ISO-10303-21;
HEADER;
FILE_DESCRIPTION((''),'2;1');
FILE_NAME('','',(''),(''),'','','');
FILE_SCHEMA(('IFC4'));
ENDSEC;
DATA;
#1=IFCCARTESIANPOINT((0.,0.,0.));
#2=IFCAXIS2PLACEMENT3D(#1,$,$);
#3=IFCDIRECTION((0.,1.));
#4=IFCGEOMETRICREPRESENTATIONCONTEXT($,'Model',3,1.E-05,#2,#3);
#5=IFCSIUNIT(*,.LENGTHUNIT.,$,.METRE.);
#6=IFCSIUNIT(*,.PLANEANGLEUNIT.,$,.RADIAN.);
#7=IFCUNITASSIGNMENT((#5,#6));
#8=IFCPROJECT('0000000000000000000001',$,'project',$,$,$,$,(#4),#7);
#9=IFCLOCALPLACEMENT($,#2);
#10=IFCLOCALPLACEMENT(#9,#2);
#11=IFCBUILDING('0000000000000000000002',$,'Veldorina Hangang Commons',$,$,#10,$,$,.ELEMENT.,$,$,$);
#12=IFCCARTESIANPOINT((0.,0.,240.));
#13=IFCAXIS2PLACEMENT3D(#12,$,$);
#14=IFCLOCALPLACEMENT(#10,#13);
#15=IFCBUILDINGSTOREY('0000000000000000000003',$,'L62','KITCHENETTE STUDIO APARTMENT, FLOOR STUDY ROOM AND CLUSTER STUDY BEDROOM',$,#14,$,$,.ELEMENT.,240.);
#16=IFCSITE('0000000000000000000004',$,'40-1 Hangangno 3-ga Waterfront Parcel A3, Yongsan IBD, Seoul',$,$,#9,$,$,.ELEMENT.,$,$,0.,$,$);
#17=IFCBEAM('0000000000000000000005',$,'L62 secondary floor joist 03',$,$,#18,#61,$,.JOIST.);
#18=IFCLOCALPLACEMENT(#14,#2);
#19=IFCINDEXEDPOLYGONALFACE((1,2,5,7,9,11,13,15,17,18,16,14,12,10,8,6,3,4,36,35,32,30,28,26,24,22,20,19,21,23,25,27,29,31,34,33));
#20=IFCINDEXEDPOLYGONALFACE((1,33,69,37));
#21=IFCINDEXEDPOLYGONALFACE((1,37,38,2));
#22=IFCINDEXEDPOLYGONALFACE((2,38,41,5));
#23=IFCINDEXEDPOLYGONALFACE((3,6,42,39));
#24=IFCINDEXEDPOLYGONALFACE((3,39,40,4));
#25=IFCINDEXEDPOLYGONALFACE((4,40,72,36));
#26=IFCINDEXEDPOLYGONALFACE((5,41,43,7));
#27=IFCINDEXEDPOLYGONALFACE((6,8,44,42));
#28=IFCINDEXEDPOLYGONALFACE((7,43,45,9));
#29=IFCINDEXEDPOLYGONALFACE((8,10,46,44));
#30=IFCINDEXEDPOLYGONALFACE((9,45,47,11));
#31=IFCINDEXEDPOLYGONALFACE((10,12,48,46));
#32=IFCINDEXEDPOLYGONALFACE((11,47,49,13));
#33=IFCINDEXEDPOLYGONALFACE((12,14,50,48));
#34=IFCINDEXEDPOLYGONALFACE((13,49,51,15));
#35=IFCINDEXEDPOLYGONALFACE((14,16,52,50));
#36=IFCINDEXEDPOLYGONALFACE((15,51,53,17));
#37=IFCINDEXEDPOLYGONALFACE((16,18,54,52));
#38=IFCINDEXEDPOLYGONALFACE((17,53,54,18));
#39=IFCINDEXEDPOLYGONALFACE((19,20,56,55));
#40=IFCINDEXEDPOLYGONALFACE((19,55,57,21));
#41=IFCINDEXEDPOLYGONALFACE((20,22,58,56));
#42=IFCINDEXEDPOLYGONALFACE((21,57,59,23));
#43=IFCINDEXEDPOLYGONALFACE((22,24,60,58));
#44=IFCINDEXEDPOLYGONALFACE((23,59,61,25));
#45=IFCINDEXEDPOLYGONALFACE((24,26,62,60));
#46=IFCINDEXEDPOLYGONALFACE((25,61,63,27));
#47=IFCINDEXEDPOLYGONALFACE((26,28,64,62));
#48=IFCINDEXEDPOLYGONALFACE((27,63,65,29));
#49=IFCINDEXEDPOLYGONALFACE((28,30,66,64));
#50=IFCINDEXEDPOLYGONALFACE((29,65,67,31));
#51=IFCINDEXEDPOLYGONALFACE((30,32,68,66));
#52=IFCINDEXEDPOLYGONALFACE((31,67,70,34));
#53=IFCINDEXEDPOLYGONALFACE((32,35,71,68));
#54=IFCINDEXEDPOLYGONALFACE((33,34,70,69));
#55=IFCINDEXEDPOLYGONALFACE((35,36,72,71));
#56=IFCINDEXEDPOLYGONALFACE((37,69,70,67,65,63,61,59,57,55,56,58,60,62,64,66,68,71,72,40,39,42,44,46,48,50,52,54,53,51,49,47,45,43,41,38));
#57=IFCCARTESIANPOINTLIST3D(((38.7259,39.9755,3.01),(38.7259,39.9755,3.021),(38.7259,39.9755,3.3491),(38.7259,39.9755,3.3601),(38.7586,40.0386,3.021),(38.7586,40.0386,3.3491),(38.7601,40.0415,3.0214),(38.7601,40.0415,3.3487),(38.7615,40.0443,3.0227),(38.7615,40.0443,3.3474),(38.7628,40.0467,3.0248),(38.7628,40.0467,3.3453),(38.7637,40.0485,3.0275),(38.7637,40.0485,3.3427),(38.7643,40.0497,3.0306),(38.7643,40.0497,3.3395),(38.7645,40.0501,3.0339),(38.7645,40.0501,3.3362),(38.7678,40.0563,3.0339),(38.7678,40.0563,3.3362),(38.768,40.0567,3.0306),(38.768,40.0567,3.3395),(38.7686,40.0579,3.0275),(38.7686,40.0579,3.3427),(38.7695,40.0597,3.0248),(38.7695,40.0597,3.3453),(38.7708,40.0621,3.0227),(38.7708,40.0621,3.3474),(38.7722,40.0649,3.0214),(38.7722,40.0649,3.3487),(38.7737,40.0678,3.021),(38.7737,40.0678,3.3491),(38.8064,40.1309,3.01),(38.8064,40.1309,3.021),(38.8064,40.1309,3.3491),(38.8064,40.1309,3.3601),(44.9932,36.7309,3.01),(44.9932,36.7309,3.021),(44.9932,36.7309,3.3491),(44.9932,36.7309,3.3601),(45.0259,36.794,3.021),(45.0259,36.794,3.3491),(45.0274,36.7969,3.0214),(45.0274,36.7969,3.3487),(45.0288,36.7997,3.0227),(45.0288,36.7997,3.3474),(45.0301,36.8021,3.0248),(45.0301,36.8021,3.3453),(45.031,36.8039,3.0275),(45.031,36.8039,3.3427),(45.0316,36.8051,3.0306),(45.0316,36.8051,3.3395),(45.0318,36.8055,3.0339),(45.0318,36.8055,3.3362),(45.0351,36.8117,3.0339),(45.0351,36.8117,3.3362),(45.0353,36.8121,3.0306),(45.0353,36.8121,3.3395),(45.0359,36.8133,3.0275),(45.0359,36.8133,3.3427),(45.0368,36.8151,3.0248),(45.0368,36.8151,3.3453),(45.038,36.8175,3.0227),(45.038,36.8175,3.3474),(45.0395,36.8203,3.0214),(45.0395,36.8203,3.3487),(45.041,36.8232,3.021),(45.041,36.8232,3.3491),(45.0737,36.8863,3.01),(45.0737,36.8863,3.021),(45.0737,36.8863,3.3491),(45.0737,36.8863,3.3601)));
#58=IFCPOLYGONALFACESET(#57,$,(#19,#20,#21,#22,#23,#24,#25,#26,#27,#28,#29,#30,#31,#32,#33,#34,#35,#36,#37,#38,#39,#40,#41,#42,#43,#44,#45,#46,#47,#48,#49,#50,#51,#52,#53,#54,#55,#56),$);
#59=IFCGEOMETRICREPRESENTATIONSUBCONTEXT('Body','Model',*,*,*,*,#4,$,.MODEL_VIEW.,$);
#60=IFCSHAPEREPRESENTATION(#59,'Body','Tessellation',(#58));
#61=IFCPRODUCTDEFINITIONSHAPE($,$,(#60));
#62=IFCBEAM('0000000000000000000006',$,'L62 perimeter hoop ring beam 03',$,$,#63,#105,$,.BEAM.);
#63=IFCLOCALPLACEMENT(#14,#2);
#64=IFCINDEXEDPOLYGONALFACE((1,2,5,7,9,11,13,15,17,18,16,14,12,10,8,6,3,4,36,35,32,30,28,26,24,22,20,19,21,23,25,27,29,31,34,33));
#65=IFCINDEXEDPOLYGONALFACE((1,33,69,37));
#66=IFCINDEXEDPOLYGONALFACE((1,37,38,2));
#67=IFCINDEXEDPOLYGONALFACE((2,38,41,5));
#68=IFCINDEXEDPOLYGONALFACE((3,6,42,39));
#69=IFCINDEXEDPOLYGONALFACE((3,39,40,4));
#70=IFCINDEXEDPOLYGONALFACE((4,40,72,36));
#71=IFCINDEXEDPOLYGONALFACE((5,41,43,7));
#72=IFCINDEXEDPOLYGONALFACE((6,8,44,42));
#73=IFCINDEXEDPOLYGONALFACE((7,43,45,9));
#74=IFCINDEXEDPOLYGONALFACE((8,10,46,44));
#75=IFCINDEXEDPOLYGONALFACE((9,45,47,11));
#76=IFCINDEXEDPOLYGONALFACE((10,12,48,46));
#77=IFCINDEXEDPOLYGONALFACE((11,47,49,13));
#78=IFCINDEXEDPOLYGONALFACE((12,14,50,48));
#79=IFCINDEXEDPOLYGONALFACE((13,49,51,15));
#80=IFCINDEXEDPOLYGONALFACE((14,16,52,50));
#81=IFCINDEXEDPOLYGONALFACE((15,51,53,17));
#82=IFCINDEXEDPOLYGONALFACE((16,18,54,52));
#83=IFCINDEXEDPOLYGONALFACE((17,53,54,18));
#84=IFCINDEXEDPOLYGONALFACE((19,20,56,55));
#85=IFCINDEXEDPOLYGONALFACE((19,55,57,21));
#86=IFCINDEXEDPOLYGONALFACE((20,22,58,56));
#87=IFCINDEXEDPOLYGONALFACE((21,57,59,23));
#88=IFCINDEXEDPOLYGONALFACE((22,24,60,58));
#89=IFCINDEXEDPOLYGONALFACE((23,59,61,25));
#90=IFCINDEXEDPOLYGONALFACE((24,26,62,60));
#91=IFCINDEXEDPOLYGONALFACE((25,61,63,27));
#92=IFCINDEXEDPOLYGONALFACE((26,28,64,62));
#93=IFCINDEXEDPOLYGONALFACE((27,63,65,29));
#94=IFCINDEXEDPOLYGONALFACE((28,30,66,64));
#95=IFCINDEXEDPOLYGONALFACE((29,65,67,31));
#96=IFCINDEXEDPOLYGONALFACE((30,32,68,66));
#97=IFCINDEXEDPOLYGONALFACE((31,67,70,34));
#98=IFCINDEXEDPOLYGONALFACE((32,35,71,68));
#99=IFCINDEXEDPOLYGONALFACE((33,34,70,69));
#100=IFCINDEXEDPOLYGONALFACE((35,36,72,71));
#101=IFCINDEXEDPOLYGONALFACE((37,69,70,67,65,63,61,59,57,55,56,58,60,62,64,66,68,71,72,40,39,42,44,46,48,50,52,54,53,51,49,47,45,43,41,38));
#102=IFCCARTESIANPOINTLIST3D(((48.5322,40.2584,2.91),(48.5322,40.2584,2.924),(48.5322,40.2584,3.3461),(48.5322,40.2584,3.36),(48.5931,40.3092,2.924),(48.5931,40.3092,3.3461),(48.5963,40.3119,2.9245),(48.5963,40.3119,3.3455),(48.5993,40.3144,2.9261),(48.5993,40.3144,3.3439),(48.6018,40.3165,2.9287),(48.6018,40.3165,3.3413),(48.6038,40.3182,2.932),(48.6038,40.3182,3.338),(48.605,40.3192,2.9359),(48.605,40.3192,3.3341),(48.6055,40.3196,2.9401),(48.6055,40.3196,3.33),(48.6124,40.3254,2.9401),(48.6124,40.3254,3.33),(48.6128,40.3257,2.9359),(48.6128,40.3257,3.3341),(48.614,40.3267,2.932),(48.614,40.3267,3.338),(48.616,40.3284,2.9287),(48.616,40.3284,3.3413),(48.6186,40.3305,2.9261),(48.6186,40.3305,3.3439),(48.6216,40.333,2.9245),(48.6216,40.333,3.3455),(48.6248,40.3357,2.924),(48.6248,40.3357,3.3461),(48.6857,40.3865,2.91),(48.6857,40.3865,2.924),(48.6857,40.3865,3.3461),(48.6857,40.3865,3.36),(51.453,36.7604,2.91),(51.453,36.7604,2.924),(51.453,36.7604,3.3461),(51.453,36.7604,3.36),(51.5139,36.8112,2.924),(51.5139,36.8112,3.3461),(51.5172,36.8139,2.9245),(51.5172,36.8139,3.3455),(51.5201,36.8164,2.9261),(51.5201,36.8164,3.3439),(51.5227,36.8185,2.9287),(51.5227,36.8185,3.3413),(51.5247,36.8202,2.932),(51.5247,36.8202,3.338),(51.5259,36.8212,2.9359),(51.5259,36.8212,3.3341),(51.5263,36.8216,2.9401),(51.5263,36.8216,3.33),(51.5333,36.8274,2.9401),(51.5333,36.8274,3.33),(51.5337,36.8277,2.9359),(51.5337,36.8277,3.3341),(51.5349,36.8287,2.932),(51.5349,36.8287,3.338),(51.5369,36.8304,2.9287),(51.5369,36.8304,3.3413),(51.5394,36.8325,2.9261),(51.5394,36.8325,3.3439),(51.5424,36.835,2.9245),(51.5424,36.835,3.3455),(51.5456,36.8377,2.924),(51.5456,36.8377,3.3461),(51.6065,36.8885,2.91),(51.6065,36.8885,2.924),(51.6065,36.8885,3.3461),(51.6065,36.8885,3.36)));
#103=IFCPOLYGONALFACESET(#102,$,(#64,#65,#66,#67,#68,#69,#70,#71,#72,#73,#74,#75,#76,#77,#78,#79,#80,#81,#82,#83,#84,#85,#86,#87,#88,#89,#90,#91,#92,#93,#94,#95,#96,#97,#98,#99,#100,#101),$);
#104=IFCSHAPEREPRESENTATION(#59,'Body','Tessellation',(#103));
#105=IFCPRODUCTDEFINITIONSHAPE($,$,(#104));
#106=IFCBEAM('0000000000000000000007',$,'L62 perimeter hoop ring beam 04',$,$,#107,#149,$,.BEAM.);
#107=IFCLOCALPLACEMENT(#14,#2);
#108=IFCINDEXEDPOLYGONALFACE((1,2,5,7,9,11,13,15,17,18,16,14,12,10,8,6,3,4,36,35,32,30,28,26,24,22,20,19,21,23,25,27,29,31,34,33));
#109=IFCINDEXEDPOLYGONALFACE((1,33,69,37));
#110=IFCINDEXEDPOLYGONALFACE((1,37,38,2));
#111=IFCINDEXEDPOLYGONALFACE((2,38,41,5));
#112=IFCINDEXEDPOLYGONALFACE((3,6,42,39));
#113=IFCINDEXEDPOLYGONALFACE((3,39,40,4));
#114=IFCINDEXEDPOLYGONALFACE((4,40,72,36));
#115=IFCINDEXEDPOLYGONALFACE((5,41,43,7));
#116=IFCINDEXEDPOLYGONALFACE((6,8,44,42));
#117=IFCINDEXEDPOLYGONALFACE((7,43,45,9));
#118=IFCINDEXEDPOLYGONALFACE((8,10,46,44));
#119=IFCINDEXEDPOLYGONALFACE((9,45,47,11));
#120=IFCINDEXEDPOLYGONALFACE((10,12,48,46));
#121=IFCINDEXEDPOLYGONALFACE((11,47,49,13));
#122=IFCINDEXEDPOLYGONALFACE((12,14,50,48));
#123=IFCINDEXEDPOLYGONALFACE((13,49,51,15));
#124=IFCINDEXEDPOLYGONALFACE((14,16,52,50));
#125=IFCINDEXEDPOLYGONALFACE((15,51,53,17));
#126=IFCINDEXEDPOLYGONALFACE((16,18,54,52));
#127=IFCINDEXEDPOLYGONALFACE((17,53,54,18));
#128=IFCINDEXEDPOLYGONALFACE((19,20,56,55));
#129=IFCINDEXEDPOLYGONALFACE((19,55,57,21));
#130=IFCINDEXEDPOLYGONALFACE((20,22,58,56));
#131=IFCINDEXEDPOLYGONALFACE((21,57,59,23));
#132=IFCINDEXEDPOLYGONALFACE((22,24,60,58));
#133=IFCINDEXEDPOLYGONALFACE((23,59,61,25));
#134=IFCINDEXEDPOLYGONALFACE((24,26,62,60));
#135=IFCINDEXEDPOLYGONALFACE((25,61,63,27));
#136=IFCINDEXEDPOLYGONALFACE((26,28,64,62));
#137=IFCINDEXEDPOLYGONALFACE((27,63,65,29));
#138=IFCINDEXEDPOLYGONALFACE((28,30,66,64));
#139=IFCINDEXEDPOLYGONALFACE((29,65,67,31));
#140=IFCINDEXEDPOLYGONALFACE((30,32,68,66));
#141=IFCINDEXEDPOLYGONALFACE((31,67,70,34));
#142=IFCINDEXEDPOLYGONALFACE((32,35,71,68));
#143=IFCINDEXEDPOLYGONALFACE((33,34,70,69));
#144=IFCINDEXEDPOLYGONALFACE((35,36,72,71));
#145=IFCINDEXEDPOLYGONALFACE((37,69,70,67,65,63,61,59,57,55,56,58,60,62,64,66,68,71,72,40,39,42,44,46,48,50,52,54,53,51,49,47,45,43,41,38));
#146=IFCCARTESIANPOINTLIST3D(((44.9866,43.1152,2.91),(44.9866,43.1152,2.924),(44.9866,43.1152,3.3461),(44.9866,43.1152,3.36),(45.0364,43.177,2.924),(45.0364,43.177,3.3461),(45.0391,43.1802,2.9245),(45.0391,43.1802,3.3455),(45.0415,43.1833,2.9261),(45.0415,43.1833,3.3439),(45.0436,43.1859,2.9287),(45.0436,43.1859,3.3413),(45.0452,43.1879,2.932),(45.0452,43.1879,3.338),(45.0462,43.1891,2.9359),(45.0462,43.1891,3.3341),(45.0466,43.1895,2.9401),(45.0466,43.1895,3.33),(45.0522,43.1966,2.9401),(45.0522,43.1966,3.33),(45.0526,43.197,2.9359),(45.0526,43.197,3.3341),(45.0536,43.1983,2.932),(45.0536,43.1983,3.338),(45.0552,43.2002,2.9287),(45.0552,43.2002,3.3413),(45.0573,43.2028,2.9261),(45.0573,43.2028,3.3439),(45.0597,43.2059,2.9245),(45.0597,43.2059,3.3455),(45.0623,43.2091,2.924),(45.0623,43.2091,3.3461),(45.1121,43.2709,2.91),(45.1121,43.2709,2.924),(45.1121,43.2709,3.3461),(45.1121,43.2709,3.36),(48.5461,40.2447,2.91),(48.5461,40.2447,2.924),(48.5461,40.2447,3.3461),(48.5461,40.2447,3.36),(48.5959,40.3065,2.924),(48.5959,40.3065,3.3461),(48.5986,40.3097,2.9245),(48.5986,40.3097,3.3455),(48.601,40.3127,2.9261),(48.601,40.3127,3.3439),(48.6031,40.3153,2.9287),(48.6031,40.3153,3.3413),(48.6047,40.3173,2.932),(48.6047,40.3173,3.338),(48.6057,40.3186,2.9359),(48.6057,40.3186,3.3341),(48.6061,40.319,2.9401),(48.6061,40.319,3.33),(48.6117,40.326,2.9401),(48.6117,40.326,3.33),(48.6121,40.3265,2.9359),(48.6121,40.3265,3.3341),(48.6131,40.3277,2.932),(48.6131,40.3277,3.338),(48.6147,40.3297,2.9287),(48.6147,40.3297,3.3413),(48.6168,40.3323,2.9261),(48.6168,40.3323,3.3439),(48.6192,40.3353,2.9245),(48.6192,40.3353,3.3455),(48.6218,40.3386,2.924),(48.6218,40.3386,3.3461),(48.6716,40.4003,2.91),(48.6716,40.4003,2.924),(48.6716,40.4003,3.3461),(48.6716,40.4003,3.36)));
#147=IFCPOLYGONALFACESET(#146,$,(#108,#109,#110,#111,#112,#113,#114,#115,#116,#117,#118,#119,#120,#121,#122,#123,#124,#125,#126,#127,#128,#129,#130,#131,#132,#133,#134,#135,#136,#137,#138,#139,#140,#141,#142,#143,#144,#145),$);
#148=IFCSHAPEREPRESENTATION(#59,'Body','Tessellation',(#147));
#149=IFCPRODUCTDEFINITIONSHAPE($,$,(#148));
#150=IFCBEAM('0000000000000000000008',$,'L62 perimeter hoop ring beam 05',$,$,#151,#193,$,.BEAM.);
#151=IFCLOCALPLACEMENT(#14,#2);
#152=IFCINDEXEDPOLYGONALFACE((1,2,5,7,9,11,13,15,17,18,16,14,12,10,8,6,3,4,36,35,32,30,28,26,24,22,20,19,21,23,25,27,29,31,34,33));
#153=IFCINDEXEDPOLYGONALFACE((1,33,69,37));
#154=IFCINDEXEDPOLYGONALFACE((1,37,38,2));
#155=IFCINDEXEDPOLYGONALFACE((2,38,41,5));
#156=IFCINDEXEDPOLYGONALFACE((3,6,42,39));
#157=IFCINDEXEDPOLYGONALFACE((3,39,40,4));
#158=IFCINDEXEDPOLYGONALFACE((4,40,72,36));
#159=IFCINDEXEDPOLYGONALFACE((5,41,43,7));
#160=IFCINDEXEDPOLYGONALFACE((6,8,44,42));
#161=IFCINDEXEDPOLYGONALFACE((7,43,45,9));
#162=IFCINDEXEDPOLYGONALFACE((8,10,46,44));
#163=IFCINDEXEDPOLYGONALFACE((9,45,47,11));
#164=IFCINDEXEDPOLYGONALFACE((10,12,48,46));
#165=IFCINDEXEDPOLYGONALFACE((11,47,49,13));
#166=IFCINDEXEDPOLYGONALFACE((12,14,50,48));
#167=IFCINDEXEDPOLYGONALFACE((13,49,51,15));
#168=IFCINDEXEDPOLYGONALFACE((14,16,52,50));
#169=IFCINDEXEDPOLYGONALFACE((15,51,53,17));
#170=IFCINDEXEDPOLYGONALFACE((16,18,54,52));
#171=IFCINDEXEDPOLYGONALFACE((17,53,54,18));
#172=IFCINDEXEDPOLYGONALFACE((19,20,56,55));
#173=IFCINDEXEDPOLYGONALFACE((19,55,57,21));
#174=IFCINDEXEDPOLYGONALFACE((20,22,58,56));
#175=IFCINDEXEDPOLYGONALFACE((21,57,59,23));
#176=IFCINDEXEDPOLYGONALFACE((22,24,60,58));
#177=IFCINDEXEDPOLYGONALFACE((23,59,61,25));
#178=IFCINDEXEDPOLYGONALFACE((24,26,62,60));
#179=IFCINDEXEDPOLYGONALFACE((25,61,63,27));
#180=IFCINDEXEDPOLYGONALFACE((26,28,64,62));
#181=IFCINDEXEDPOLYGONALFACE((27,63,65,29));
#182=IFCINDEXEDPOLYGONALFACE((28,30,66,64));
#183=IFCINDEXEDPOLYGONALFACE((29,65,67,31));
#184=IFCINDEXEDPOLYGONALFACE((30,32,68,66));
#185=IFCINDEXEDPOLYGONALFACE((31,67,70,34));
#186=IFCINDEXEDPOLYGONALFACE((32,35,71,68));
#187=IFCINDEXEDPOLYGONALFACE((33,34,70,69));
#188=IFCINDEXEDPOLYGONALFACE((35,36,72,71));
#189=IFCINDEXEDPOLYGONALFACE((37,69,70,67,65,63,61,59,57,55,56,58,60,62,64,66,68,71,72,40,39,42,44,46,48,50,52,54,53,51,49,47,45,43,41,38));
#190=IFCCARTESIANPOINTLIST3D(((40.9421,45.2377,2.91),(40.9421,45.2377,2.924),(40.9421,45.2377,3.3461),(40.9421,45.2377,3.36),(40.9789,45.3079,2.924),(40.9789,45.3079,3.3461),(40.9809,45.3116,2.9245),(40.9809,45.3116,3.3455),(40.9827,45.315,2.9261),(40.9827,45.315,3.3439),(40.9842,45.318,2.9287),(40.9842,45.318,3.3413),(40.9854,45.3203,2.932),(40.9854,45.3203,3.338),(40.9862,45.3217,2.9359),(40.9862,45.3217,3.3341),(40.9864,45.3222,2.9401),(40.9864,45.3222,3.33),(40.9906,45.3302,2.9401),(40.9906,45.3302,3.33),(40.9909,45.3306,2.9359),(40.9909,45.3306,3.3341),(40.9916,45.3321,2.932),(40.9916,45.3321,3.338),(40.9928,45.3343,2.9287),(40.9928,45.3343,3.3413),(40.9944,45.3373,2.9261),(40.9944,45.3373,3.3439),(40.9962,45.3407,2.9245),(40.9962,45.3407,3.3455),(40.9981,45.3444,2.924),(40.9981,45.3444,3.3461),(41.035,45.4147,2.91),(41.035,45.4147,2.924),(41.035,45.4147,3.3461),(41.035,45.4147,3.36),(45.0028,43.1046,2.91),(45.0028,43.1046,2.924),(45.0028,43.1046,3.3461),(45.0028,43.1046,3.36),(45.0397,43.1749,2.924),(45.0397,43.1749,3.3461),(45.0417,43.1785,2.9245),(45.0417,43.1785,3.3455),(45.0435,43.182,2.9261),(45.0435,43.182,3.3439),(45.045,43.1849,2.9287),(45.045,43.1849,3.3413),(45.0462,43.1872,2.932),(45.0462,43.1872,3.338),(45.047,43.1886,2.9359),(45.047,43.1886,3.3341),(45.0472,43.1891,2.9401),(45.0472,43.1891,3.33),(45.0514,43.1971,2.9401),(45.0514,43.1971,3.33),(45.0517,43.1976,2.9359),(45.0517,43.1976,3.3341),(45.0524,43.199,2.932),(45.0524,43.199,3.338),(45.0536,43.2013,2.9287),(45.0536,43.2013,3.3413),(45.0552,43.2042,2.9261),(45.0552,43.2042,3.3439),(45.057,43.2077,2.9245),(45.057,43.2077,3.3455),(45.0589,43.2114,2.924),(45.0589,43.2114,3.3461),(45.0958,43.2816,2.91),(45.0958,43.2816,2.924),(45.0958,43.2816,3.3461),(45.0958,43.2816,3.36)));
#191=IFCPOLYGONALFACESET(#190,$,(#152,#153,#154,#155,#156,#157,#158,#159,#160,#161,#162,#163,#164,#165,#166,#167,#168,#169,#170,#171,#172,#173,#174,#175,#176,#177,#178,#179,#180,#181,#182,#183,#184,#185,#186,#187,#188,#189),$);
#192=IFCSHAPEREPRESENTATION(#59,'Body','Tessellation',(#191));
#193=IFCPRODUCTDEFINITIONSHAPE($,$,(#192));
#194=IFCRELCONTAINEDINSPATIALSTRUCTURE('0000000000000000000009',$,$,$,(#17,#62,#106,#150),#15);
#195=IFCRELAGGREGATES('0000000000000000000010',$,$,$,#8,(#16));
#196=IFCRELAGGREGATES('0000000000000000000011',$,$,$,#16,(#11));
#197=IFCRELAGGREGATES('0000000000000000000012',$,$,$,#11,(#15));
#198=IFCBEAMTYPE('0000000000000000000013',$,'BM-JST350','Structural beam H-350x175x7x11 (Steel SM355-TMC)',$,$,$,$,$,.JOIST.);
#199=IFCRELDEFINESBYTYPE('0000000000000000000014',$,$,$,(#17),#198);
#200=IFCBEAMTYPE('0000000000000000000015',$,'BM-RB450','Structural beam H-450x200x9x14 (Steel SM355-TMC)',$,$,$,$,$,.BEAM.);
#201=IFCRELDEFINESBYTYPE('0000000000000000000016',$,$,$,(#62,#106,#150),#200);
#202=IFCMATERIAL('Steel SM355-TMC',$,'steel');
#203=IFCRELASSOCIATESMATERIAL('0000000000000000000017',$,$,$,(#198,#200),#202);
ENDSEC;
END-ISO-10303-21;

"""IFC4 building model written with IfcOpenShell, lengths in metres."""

from ifc_helpers import new_model, si_unit, direction, frame, origin, origin_2d, place, context, subcontext, project, spatial, i_section, extrude, material, material_profile, profile_set, type_object, element, save


model = new_model("IFC4")

# Units and contexts
model_context = context("Model", 3, precision=1e-05, world=origin(), true_north=direction((0.0, 1.0)))
body_context = subcontext(model_context, "Body", "Model", "MODEL_VIEW")
ifc_project = project(units=[si_unit("LENGTHUNIT", "METRE"), si_unit("PLANEANGLEUNIT", "RADIAN")], contexts=[model_context])

# Site, building, storey
site_placement = place(None, origin())
site = spatial("IfcSite", under=ifc_project, at=site_placement, Name="40-1 Hangangno 3-ga Waterfront Parcel A3, Yongsan IBD, Seoul", CompositionType="ELEMENT", RefElevation=0.0)
building_placement = place(site_placement, origin())
building = spatial("IfcBuilding", under=site, at=building_placement, Name="Veldorina Hangang Commons", CompositionType="ELEMENT")
storey_placement = place(building_placement, frame((0.0, 0.0, 240.0)))
storey = spatial("IfcBuildingStorey", under=building, at=storey_placement, Name="L62", Description="KITCHENETTE STUDIO APARTMENT, FLOOR STUDY ROOM AND CLUSTER STUDY BEDROOM", CompositionType="ELEMENT", Elevation=240.0)

# Beams
ifc_material_1 = material(Name="Steel SM355-TMC", Category="steel")
ifc_material_profile_1 = material_profile(ifc_material_1, i_section(OverallWidth=0.175, OverallDepth=0.3501, WebThickness=0.0071, FlangeThickness=0.011, FilletRadius=0.0129, at=origin_2d()), Name="H-350x175x7x11")
ifc_profile_set_1 = profile_set([ifc_material_profile_1], Name="Steel SM355-TMC")
beam_type_1 = type_object("IfcBeamType", Name="BM-JST350", Description="Structural beam H-350x175x7x11 (Steel SM355-TMC)", PredefinedType="JOIST", material=ifc_profile_set_1)
beam_1_placement = place(storey_placement, frame((45.0334, 36.8086, 3.1851), z_axis=(-0.88805, 0.459748, 0.0), x_axis=(-0.459748, -0.88805, 0.0)))
element("IfcBeam", 1, at=beam_1_placement, inside=storey, type_object=beam_type_1, Name="L62 secondary floor joist 03", PredefinedType="JOIST", context=body_context, shape_type="SweptSolid", body=[
    extrude(i_section(OverallWidth=0.175, OverallDepth=0.3501, WebThickness=0.0071, FlangeThickness=0.011, FilletRadius=0.0129, at=origin_2d()), origin(), (0.0, 0.0, 1.0), 7.0574),
])
ifc_material_profile_2 = material_profile(ifc_material_1, i_section(OverallWidth=0.2, OverallDepth=0.45, WebThickness=0.009, FlangeThickness=0.0139, FilletRadius=0.0161, at=origin_2d()), Name="H-450x200x9x14")
ifc_profile_set_2 = profile_set([ifc_material_profile_2], Name="Steel SM355-TMC")
beam_type_2 = type_object("IfcBeamType", Name="BM-RB450", Description="Structural beam H-450x200x9x14 (Steel SM355-TMC)", PredefinedType="BEAM", material=ifc_profile_set_2)
beam_2_placement = place(storey_placement, frame((51.5298, 36.8245, 3.135), z_axis=(-0.640943, 0.767589, 0.0), x_axis=(-0.767589, -0.640943, 0.0)))
element("IfcBeam", 2, at=beam_2_placement, inside=storey, type_object=beam_type_2, Name="L62 perimeter hoop ring beam 03", PredefinedType="BEAM", context=body_context, shape_type="SweptSolid", body=[
    extrude(i_section(OverallWidth=0.2, OverallDepth=0.45, WebThickness=0.009, FlangeThickness=0.0139, FilletRadius=0.0161, at=origin_2d()), origin(), (0.0, 0.0, 1.0), 4.5571),
])
beam_3_placement = place(storey_placement, frame((48.6089, 40.3225, 3.135), z_axis=(-0.778415, 0.62775, 0.0), x_axis=(-0.62775, -0.778415, 0.0)))
element("IfcBeam", 3, at=beam_3_placement, inside=storey, type_object=beam_type_2, Name="L62 perimeter hoop ring beam 04", PredefinedType="BEAM", context=body_context, shape_type="SweptSolid", body=[
    extrude(i_section(OverallWidth=0.2, OverallDepth=0.45, WebThickness=0.009, FlangeThickness=0.0139, FilletRadius=0.0161, at=origin_2d()), origin(), (0.0, 0.0, 1.0), 4.5728),
])
beam_4_placement = place(storey_placement, frame((45.0493, 43.1931, 3.135), z_axis=(-0.885295, 0.465029, 0.0), x_axis=(-0.465029, -0.885295, 0.0)))
element("IfcBeam", 4, at=beam_4_placement, inside=storey, type_object=beam_type_2, Name="L62 perimeter hoop ring beam 05", PredefinedType="BEAM", context=body_context, shape_type="SweptSolid", body=[
    extrude(i_section(OverallWidth=0.2, OverallDepth=0.45, WebThickness=0.009, FlangeThickness=0.0139, FilletRadius=0.0161, at=origin_2d()), origin(), (0.0, 0.0, 1.0), 4.5869),
])

save(model, "model.ifc")
